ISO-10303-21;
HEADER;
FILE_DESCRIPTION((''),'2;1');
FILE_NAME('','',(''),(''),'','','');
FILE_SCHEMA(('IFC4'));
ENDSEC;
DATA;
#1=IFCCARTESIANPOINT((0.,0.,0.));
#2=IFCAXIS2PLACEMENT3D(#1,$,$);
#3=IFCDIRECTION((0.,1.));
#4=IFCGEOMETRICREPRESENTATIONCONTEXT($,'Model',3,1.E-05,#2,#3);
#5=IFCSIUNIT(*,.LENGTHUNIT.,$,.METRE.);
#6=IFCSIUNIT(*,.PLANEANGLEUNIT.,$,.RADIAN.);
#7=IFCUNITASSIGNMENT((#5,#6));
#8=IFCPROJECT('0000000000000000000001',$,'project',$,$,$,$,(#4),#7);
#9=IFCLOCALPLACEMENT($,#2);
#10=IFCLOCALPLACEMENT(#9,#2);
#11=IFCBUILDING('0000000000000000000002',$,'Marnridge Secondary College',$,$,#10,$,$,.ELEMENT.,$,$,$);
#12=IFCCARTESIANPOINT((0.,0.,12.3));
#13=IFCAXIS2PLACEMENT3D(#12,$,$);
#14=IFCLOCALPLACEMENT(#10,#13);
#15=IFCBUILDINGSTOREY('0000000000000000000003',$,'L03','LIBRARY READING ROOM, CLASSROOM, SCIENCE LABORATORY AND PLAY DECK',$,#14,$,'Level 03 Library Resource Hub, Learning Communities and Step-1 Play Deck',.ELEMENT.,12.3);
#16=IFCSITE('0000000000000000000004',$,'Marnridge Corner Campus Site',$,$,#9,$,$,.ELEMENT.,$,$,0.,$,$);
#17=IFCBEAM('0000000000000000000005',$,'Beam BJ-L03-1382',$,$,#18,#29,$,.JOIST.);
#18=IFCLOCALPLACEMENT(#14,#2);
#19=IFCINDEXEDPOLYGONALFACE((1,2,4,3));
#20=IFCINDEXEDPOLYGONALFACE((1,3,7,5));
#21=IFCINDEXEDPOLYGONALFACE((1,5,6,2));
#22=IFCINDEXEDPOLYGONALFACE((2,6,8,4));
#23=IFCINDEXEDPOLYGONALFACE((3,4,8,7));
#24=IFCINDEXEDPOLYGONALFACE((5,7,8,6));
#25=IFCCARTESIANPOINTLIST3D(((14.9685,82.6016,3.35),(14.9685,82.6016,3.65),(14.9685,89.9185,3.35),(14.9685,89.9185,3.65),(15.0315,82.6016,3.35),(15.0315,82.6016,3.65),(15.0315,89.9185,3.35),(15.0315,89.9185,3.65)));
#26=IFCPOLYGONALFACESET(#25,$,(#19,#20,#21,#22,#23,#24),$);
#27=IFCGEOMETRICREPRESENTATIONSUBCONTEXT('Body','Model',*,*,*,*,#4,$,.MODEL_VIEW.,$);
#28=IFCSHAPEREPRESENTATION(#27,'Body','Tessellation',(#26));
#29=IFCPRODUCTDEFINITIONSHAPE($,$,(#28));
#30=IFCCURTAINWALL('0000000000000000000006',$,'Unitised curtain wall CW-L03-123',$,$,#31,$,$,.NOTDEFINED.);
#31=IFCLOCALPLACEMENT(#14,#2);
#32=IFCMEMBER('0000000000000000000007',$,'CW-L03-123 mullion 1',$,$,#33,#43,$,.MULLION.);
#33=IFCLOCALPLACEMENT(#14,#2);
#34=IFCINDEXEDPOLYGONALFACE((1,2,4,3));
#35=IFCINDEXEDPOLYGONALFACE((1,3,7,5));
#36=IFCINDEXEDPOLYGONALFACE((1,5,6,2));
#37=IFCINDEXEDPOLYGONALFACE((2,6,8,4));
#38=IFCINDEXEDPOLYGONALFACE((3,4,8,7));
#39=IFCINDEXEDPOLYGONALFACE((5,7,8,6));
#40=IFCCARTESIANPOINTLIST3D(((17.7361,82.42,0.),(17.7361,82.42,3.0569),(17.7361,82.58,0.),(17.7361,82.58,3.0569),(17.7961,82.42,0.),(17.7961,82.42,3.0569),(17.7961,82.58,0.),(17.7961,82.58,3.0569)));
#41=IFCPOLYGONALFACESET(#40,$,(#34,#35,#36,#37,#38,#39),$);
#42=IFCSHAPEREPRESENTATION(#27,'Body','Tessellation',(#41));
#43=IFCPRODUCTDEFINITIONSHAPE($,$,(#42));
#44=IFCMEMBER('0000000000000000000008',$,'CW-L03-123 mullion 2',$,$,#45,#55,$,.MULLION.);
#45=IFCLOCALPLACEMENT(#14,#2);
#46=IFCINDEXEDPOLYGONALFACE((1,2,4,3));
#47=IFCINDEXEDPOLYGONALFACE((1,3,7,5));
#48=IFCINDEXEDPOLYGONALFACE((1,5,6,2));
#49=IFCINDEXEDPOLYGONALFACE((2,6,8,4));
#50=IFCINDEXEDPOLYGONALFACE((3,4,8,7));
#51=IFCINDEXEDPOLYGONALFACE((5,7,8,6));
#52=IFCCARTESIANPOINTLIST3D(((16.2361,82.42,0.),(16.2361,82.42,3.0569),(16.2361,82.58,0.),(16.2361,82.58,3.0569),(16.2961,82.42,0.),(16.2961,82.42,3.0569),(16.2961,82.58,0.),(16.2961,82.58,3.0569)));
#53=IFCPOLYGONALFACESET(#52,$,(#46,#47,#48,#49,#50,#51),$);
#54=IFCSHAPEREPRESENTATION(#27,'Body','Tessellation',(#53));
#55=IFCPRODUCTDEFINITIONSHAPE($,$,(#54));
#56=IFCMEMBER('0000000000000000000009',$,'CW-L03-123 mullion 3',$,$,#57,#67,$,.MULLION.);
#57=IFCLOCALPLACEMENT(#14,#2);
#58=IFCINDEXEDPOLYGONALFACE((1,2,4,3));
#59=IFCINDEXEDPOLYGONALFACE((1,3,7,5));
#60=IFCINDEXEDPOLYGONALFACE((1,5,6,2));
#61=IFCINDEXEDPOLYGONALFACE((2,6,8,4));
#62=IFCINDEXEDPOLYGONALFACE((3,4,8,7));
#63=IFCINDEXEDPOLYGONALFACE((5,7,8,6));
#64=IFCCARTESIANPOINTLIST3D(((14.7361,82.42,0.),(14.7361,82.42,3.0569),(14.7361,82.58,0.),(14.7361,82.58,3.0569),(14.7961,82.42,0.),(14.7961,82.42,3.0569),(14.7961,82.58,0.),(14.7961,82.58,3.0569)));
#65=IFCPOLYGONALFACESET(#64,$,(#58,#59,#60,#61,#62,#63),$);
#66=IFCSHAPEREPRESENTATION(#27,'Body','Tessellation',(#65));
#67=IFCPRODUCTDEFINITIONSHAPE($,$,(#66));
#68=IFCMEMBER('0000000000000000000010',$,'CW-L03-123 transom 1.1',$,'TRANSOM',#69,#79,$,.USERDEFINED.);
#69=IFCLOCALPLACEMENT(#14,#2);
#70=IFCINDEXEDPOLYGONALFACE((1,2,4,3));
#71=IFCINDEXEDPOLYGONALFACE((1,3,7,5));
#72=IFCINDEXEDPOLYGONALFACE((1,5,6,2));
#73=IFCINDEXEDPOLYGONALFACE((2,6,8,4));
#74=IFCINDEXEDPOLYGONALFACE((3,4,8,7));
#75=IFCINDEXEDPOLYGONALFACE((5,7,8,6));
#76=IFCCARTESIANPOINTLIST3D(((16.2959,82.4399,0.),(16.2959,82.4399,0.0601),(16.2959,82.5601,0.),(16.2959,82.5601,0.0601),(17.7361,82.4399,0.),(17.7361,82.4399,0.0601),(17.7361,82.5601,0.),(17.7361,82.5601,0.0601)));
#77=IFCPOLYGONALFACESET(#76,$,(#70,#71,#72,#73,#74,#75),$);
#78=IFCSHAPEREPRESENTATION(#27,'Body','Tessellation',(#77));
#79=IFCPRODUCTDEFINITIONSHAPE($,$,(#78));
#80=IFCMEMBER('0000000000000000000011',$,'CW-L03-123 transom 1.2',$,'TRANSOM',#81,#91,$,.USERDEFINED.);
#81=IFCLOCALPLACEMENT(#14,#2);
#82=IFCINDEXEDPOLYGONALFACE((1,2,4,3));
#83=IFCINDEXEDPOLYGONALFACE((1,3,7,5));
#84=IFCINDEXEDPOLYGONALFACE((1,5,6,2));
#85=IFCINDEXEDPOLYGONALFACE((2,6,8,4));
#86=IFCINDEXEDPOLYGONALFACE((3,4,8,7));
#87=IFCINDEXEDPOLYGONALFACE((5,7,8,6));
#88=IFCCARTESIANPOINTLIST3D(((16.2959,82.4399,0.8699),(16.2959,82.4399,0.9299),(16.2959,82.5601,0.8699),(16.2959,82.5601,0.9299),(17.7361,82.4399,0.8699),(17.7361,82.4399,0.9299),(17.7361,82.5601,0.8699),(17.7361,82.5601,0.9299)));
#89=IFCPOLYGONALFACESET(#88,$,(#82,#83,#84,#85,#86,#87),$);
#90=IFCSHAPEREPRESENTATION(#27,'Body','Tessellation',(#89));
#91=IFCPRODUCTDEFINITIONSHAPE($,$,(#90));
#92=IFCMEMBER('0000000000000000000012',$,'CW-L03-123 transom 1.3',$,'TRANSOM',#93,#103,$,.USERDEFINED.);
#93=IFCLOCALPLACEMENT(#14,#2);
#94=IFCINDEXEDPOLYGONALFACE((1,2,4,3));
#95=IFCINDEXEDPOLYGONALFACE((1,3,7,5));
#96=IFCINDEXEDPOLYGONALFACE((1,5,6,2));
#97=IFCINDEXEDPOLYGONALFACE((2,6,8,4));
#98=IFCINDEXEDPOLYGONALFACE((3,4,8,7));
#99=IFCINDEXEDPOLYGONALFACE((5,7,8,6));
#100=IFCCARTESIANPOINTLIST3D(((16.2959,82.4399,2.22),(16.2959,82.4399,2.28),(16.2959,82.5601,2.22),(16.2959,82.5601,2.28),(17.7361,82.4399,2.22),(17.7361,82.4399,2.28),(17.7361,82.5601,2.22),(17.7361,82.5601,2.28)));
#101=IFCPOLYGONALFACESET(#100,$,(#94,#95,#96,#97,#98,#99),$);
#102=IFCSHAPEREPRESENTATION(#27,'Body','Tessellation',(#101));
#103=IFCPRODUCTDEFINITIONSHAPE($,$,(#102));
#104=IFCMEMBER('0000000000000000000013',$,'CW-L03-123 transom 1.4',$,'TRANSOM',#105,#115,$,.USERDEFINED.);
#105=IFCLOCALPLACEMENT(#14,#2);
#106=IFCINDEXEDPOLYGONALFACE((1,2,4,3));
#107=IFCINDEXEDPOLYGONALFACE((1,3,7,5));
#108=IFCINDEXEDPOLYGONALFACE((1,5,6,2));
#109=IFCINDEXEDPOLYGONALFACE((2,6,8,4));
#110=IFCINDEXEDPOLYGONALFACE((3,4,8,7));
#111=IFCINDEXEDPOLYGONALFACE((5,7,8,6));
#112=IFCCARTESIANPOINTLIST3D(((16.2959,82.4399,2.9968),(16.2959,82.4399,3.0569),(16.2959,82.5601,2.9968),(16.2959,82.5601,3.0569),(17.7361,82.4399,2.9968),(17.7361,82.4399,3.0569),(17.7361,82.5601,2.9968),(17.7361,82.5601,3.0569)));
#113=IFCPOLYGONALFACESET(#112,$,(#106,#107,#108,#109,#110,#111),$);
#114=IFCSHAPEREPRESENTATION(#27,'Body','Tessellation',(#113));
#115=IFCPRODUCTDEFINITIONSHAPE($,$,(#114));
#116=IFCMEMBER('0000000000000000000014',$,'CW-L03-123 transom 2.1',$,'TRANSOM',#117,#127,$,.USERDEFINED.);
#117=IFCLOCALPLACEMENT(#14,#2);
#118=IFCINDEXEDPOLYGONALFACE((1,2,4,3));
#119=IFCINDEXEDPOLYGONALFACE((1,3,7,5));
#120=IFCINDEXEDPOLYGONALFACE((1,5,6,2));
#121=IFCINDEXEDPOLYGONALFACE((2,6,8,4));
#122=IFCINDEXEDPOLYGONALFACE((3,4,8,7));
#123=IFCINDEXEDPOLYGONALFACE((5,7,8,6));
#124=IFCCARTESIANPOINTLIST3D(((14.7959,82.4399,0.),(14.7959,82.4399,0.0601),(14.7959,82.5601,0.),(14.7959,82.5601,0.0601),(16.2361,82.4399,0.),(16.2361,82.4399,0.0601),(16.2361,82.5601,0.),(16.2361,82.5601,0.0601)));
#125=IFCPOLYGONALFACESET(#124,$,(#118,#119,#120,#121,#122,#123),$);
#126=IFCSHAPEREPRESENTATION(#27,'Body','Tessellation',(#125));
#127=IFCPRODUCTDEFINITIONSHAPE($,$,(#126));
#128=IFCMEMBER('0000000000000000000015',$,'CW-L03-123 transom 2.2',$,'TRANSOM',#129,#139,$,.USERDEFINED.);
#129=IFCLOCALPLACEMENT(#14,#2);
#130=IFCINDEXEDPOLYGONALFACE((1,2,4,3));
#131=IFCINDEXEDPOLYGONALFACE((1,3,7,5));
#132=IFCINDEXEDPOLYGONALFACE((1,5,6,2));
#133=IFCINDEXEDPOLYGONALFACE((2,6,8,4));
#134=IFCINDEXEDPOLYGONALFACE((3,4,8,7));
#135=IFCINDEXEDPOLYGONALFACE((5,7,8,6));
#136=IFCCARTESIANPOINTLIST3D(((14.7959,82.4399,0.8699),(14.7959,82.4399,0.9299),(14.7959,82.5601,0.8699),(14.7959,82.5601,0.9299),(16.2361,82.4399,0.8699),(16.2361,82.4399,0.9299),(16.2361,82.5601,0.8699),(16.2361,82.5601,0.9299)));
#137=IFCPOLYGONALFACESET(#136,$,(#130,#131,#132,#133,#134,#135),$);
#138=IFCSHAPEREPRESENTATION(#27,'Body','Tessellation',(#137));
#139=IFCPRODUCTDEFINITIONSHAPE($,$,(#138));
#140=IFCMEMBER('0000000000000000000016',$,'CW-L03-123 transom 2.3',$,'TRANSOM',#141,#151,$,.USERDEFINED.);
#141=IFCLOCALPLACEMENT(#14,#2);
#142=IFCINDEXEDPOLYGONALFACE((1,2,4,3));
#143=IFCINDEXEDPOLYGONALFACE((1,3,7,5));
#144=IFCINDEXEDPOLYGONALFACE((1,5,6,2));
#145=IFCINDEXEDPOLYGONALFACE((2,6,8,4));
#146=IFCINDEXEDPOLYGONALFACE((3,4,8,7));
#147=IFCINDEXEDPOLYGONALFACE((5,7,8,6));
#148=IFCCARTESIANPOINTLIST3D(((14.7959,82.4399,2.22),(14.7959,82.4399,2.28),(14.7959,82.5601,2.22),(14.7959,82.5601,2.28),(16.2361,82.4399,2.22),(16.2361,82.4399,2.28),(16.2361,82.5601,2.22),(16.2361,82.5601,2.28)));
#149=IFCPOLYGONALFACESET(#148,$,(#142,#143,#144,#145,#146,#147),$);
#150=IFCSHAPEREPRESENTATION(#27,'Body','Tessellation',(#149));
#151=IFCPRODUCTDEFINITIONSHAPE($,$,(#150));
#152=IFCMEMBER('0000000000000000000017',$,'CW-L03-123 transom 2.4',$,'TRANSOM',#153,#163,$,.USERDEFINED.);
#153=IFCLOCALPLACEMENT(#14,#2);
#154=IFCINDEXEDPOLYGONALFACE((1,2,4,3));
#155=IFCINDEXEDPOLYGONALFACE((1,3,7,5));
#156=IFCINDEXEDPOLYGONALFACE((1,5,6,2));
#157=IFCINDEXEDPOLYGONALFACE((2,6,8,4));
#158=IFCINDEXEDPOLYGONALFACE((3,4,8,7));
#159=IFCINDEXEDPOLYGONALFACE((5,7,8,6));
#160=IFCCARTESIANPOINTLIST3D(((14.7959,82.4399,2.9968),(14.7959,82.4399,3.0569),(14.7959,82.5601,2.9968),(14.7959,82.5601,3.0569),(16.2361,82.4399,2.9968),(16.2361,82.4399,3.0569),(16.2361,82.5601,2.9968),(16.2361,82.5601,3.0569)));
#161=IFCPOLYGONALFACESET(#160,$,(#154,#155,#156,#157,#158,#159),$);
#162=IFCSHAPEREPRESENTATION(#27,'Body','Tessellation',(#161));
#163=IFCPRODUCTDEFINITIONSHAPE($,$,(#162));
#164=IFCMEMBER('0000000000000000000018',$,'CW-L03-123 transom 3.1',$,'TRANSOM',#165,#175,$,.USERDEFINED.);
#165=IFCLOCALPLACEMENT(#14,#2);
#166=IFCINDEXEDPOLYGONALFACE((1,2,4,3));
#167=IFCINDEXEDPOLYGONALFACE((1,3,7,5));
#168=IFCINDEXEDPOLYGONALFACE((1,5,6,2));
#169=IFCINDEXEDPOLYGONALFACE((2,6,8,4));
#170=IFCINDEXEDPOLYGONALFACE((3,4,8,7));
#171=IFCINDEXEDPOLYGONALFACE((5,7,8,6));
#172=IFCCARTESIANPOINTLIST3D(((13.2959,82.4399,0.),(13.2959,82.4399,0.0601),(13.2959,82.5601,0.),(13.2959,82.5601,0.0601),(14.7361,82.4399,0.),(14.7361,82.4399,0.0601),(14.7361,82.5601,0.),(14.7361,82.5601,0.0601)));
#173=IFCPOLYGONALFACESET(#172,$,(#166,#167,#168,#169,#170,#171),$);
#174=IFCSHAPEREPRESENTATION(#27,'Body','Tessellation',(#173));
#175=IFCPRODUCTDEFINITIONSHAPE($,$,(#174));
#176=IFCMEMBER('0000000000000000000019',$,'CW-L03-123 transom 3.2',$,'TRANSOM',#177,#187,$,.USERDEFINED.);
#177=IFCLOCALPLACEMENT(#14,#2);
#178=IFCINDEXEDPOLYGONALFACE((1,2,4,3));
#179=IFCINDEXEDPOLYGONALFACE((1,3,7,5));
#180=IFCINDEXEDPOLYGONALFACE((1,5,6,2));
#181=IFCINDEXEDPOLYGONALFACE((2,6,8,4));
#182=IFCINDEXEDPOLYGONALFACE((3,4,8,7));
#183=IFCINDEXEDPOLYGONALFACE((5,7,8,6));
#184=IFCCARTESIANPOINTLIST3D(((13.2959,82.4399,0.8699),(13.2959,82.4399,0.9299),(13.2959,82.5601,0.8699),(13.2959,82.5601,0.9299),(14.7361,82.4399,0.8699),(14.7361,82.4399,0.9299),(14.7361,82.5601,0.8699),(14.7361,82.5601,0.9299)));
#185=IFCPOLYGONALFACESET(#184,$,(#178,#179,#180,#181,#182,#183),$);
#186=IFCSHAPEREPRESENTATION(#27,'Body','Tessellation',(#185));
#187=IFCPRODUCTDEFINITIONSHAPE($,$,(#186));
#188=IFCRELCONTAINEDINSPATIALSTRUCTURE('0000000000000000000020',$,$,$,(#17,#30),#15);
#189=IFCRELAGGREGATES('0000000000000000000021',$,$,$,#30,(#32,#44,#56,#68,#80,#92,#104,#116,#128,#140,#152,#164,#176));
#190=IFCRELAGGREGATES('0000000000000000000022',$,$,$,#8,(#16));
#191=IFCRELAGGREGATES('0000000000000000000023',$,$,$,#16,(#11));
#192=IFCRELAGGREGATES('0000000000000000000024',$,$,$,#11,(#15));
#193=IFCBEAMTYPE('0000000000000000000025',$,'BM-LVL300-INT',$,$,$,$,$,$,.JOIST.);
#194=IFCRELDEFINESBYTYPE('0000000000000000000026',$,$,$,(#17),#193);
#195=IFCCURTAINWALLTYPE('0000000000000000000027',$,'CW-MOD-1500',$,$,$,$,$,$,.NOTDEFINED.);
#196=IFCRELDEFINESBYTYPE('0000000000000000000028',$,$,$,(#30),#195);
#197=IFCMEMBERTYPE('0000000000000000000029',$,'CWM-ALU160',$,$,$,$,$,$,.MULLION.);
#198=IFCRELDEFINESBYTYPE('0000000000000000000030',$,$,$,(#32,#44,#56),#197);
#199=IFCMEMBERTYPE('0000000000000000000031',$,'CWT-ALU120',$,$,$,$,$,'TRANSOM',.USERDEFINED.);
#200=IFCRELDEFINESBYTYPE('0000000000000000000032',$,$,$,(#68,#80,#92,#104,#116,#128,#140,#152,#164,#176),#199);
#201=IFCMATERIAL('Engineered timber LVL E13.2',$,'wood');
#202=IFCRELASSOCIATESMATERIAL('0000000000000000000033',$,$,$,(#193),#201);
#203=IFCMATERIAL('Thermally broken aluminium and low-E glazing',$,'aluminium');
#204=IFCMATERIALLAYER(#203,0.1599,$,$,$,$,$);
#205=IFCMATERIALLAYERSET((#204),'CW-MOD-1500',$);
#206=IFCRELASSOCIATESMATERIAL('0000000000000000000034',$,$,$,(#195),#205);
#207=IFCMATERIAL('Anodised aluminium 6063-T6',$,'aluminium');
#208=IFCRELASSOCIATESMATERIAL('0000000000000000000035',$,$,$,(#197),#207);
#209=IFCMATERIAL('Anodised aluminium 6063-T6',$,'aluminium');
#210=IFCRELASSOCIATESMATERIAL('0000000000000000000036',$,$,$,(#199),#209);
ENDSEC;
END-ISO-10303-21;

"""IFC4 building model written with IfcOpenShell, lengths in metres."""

from ifc_helpers import new_model, si_unit, direction, frame, origin, origin_2d, place, context, subcontext, project, spatial, rectangle, extrude, material, layer, layer_set, material_profile, profile_set, type_object, element, aggregate, save


model = new_model("IFC4")

# Units and contexts
model_context = context("Model", 3, precision=1e-05, world=origin(), true_north=direction((0.0, 1.0)))
body_context = subcontext(model_context, "Body", "Model", "MODEL_VIEW")
ifc_project = project(units=[si_unit("LENGTHUNIT", "METRE"), si_unit("PLANEANGLEUNIT", "RADIAN")], contexts=[model_context])

# Site, building, storey
site_placement = place(None, origin())
site = spatial("IfcSite", under=ifc_project, at=site_placement, Name="Marnridge Corner Campus Site", CompositionType="ELEMENT", RefElevation=0.0)
building_placement = place(site_placement, origin())
building = spatial("IfcBuilding", under=site, at=building_placement, Name="Marnridge Secondary College", CompositionType="ELEMENT")
storey_placement = place(building_placement, frame((0.0, 0.0, 12.3)))
storey = spatial("IfcBuildingStorey", under=building, at=storey_placement, Name="L03", Description="LIBRARY READING ROOM, CLASSROOM, SCIENCE LABORATORY AND PLAY DECK", LongName="Level 03 Library Resource Hub, Learning Communities and Step-1 Play Deck", CompositionType="ELEMENT", Elevation=12.3)

# Beam
ifc_material_1 = material(Name="Engineered timber LVL E13.2", Category="wood")
ifc_material_profile_1 = material_profile(ifc_material_1, rectangle(XDim=0.063, YDim=0.3, at=origin_2d()), Name="LVL 63x300")
ifc_profile_set_1 = profile_set([ifc_material_profile_1], Name="Engineered timber LVL E13.2")
beam_type = type_object("IfcBeamType", Name="BM-LVL300-INT", PredefinedType="JOIST", material=ifc_profile_set_1)
beam_placement = place(storey_placement, frame((15.0, 82.6016, 3.5), z_axis=(0.0, 1.0, 0.0), x_axis=(-1.0, 0.0, 0.0)))
element("IfcBeam", 1, at=beam_placement, inside=storey, type_object=beam_type, Name="Beam BJ-L03-1382", PredefinedType="JOIST", context=body_context, shape_type="SweptSolid", body=[
    extrude(rectangle(XDim=0.063, YDim=0.3, at=origin_2d()), origin(), (0.0, 0.0, 1.0), 7.3169),
])

# Curtain wall, members
ifc_material_2 = material(Name="Thermally broken aluminium and low-E glazing", Category="aluminium")
ifc_layer_1 = layer(ifc_material_2, 0.1599)
ifc_layer_set_1 = layer_set([ifc_layer_1], Name="CW-MOD-1500")
curtain_wall_type = type_object("IfcCurtainWallType", Name="CW-MOD-1500", PredefinedType="NOTDEFINED", material=ifc_layer_set_1)
curtain_wall_placement = place(storey_placement, origin())
curtain_wall = element("IfcCurtainWall", 2, at=curtain_wall_placement, inside=storey, type_object=curtain_wall_type, Name="Unitised curtain wall CW-L03-123", PredefinedType="NOTDEFINED")
ifc_material_3 = material(Name="Anodised aluminium 6063-T6", Category="aluminium")
ifc_material_profile_2 = material_profile(ifc_material_3, rectangle(XDim=0.0601, YDim=0.1599, at=origin_2d()), Name="ALU 60x160")
ifc_profile_set_2 = profile_set([ifc_material_profile_2], Name="Anodised aluminium 6063-T6")
member_type_1 = type_object("IfcMemberType", Name="CWM-ALU160", PredefinedType="MULLION", material=ifc_profile_set_2)
member_1_placement = place(storey_placement, frame((17.7661, 82.5, 0.0), z_axis=(0.0, 0.0, 1.0), x_axis=(-1.0, 0.0, 0.0)))
member_1 = element("IfcMember", 3, at=member_1_placement, type_object=member_type_1, Name="CW-L03-123 mullion 1", PredefinedType="MULLION", context=body_context, shape_type="SweptSolid", body=[
    extrude(rectangle(XDim=0.0601, YDim=0.1599, at=origin_2d()), origin(), (0.0, 0.0, 1.0), 3.0569),
])
member_2_placement = place(storey_placement, frame((16.2661, 82.5, 0.0), z_axis=(0.0, 0.0, 1.0), x_axis=(-1.0, 0.0, 0.0)))
member_2 = element("IfcMember", 4, at=member_2_placement, type_object=member_type_1, Name="CW-L03-123 mullion 2", PredefinedType="MULLION", context=body_context, shape_type="SweptSolid", body=[
    extrude(rectangle(XDim=0.0601, YDim=0.1599, at=origin_2d()), origin(), (0.0, 0.0, 1.0), 3.0569),
])
member_3_placement = place(storey_placement, frame((14.7661, 82.5, 0.0), z_axis=(0.0, 0.0, 1.0), x_axis=(-1.0, 0.0, 0.0)))
member_3 = element("IfcMember", 5, at=member_3_placement, type_object=member_type_1, Name="CW-L03-123 mullion 3", PredefinedType="MULLION", context=body_context, shape_type="SweptSolid", body=[
    extrude(rectangle(XDim=0.0601, YDim=0.1599, at=origin_2d()), origin(), (0.0, 0.0, 1.0), 3.0569),
])
ifc_material_4 = material(Name="Anodised aluminium 6063-T6", Category="aluminium")
ifc_material_profile_3 = material_profile(ifc_material_4, rectangle(XDim=0.0601, YDim=0.1201, at=origin_2d()), Name="ALU 60x120")
ifc_profile_set_3 = profile_set([ifc_material_profile_3], Name="Anodised aluminium 6063-T6")
member_type_2 = type_object("IfcMemberType", Name="CWT-ALU120", ElementType="TRANSOM", PredefinedType="USERDEFINED", material=ifc_profile_set_3)
member_4_placement = place(storey_placement, frame((17.7361, 82.5, 0.03), z_axis=(-1.0, 0.0, 0.0), x_axis=(0.0, 0.0, 1.0)))
member_4 = element("IfcMember", 6, at=member_4_placement, type_object=member_type_2, Name="CW-L03-123 transom 1.1", ObjectType="TRANSOM", PredefinedType="USERDEFINED", context=body_context, shape_type="SweptSolid", body=[
    extrude(rectangle(XDim=0.0601, YDim=0.1201, at=origin_2d()), origin(), (0.0, 0.0, 1.0), 1.4402),
])
member_5_placement = place(storey_placement, frame((17.7361, 82.5, 0.8999), z_axis=(-1.0, 0.0, 0.0), x_axis=(0.0, 0.0, 1.0)))
member_5 = element("IfcMember", 7, at=member_5_placement, type_object=member_type_2, Name="CW-L03-123 transom 1.2", ObjectType="TRANSOM", PredefinedType="USERDEFINED", context=body_context, shape_type="SweptSolid", body=[
    extrude(rectangle(XDim=0.0601, YDim=0.1201, at=origin_2d()), origin(), (0.0, 0.0, 1.0), 1.4402),
])
member_6_placement = place(storey_placement, frame((17.7361, 82.5, 2.25), z_axis=(-1.0, 0.0, 0.0), x_axis=(0.0, 0.0, 1.0)))
member_6 = element("IfcMember", 8, at=member_6_placement, type_object=member_type_2, Name="CW-L03-123 transom 1.3", ObjectType="TRANSOM", PredefinedType="USERDEFINED", context=body_context, shape_type="SweptSolid", body=[
    extrude(rectangle(XDim=0.0601, YDim=0.1201, at=origin_2d()), origin(), (0.0, 0.0, 1.0), 1.4402),
])
member_7_placement = place(storey_placement, frame((17.7361, 82.5, 3.0269), z_axis=(-1.0, 0.0, 0.0), x_axis=(0.0, 0.0, 1.0)))
member_7 = element("IfcMember", 9, at=member_7_placement, type_object=member_type_2, Name="CW-L03-123 transom 1.4", ObjectType="TRANSOM", PredefinedType="USERDEFINED", context=body_context, shape_type="SweptSolid", body=[
    extrude(rectangle(XDim=0.0601, YDim=0.1201, at=origin_2d()), origin(), (0.0, 0.0, 1.0), 1.4402),
])
member_8_placement = place(storey_placement, frame((16.2361, 82.5, 0.03), z_axis=(-1.0, 0.0, 0.0), x_axis=(0.0, 0.0, 1.0)))
member_8 = element("IfcMember", 10, at=member_8_placement, type_object=member_type_2, Name="CW-L03-123 transom 2.1", ObjectType="TRANSOM", PredefinedType="USERDEFINED", context=body_context, shape_type="SweptSolid", body=[
    extrude(rectangle(XDim=0.0601, YDim=0.1201, at=origin_2d()), origin(), (0.0, 0.0, 1.0), 1.4402),
])
member_9_placement = place(storey_placement, frame((16.2361, 82.5, 0.8999), z_axis=(-1.0, 0.0, 0.0), x_axis=(0.0, 0.0, 1.0)))
member_9 = element("IfcMember", 11, at=member_9_placement, type_object=member_type_2, Name="CW-L03-123 transom 2.2", ObjectType="TRANSOM", PredefinedType="USERDEFINED", context=body_context, shape_type="SweptSolid", body=[
    extrude(rectangle(XDim=0.0601, YDim=0.1201, at=origin_2d()), origin(), (0.0, 0.0, 1.0), 1.4402),
])
member_10_placement = place(storey_placement, frame((16.2361, 82.5, 2.25), z_axis=(-1.0, 0.0, 0.0), x_axis=(0.0, 0.0, 1.0)))
member_10 = element("IfcMember", 12, at=member_10_placement, type_object=member_type_2, Name="CW-L03-123 transom 2.3", ObjectType="TRANSOM", PredefinedType="USERDEFINED", context=body_context, shape_type="SweptSolid", body=[
    extrude(rectangle(XDim=0.0601, YDim=0.1201, at=origin_2d()), origin(), (0.0, 0.0, 1.0), 1.4402),
])
member_11_placement = place(storey_placement, frame((16.2361, 82.5, 3.0269), z_axis=(-1.0, 0.0, 0.0), x_axis=(0.0, 0.0, 1.0)))
member_11 = element("IfcMember", 13, at=member_11_placement, type_object=member_type_2, Name="CW-L03-123 transom 2.4", ObjectType="TRANSOM", PredefinedType="USERDEFINED", context=body_context, shape_type="SweptSolid", body=[
    extrude(rectangle(XDim=0.0601, YDim=0.1201, at=origin_2d()), origin(), (0.0, 0.0, 1.0), 1.4402),
])
member_12_placement = place(storey_placement, frame((14.7361, 82.5, 0.03), z_axis=(-1.0, 0.0, 0.0), x_axis=(0.0, 0.0, 1.0)))
member_12 = element("IfcMember", 14, at=member_12_placement, type_object=member_type_2, Name="CW-L03-123 transom 3.1", ObjectType="TRANSOM", PredefinedType="USERDEFINED", context=body_context, shape_type="SweptSolid", body=[
    extrude(rectangle(XDim=0.0601, YDim=0.1201, at=origin_2d()), origin(), (0.0, 0.0, 1.0), 1.4402),
])
member_13_placement = place(storey_placement, frame((14.7361, 82.5, 0.8999), z_axis=(-1.0, 0.0, 0.0), x_axis=(0.0, 0.0, 1.0)))
member_13 = element("IfcMember", 15, at=member_13_placement, type_object=member_type_2, Name="CW-L03-123 transom 3.2", ObjectType="TRANSOM", PredefinedType="USERDEFINED", context=body_context, shape_type="SweptSolid", body=[
    extrude(rectangle(XDim=0.0601, YDim=0.1201, at=origin_2d()), origin(), (0.0, 0.0, 1.0), 1.4402),
])
aggregate(curtain_wall, [member_1, member_2, member_3, member_4, member_5, member_6, member_7, member_8, member_9, member_10, member_11, member_12, member_13])

save(model, "model.ifc")
